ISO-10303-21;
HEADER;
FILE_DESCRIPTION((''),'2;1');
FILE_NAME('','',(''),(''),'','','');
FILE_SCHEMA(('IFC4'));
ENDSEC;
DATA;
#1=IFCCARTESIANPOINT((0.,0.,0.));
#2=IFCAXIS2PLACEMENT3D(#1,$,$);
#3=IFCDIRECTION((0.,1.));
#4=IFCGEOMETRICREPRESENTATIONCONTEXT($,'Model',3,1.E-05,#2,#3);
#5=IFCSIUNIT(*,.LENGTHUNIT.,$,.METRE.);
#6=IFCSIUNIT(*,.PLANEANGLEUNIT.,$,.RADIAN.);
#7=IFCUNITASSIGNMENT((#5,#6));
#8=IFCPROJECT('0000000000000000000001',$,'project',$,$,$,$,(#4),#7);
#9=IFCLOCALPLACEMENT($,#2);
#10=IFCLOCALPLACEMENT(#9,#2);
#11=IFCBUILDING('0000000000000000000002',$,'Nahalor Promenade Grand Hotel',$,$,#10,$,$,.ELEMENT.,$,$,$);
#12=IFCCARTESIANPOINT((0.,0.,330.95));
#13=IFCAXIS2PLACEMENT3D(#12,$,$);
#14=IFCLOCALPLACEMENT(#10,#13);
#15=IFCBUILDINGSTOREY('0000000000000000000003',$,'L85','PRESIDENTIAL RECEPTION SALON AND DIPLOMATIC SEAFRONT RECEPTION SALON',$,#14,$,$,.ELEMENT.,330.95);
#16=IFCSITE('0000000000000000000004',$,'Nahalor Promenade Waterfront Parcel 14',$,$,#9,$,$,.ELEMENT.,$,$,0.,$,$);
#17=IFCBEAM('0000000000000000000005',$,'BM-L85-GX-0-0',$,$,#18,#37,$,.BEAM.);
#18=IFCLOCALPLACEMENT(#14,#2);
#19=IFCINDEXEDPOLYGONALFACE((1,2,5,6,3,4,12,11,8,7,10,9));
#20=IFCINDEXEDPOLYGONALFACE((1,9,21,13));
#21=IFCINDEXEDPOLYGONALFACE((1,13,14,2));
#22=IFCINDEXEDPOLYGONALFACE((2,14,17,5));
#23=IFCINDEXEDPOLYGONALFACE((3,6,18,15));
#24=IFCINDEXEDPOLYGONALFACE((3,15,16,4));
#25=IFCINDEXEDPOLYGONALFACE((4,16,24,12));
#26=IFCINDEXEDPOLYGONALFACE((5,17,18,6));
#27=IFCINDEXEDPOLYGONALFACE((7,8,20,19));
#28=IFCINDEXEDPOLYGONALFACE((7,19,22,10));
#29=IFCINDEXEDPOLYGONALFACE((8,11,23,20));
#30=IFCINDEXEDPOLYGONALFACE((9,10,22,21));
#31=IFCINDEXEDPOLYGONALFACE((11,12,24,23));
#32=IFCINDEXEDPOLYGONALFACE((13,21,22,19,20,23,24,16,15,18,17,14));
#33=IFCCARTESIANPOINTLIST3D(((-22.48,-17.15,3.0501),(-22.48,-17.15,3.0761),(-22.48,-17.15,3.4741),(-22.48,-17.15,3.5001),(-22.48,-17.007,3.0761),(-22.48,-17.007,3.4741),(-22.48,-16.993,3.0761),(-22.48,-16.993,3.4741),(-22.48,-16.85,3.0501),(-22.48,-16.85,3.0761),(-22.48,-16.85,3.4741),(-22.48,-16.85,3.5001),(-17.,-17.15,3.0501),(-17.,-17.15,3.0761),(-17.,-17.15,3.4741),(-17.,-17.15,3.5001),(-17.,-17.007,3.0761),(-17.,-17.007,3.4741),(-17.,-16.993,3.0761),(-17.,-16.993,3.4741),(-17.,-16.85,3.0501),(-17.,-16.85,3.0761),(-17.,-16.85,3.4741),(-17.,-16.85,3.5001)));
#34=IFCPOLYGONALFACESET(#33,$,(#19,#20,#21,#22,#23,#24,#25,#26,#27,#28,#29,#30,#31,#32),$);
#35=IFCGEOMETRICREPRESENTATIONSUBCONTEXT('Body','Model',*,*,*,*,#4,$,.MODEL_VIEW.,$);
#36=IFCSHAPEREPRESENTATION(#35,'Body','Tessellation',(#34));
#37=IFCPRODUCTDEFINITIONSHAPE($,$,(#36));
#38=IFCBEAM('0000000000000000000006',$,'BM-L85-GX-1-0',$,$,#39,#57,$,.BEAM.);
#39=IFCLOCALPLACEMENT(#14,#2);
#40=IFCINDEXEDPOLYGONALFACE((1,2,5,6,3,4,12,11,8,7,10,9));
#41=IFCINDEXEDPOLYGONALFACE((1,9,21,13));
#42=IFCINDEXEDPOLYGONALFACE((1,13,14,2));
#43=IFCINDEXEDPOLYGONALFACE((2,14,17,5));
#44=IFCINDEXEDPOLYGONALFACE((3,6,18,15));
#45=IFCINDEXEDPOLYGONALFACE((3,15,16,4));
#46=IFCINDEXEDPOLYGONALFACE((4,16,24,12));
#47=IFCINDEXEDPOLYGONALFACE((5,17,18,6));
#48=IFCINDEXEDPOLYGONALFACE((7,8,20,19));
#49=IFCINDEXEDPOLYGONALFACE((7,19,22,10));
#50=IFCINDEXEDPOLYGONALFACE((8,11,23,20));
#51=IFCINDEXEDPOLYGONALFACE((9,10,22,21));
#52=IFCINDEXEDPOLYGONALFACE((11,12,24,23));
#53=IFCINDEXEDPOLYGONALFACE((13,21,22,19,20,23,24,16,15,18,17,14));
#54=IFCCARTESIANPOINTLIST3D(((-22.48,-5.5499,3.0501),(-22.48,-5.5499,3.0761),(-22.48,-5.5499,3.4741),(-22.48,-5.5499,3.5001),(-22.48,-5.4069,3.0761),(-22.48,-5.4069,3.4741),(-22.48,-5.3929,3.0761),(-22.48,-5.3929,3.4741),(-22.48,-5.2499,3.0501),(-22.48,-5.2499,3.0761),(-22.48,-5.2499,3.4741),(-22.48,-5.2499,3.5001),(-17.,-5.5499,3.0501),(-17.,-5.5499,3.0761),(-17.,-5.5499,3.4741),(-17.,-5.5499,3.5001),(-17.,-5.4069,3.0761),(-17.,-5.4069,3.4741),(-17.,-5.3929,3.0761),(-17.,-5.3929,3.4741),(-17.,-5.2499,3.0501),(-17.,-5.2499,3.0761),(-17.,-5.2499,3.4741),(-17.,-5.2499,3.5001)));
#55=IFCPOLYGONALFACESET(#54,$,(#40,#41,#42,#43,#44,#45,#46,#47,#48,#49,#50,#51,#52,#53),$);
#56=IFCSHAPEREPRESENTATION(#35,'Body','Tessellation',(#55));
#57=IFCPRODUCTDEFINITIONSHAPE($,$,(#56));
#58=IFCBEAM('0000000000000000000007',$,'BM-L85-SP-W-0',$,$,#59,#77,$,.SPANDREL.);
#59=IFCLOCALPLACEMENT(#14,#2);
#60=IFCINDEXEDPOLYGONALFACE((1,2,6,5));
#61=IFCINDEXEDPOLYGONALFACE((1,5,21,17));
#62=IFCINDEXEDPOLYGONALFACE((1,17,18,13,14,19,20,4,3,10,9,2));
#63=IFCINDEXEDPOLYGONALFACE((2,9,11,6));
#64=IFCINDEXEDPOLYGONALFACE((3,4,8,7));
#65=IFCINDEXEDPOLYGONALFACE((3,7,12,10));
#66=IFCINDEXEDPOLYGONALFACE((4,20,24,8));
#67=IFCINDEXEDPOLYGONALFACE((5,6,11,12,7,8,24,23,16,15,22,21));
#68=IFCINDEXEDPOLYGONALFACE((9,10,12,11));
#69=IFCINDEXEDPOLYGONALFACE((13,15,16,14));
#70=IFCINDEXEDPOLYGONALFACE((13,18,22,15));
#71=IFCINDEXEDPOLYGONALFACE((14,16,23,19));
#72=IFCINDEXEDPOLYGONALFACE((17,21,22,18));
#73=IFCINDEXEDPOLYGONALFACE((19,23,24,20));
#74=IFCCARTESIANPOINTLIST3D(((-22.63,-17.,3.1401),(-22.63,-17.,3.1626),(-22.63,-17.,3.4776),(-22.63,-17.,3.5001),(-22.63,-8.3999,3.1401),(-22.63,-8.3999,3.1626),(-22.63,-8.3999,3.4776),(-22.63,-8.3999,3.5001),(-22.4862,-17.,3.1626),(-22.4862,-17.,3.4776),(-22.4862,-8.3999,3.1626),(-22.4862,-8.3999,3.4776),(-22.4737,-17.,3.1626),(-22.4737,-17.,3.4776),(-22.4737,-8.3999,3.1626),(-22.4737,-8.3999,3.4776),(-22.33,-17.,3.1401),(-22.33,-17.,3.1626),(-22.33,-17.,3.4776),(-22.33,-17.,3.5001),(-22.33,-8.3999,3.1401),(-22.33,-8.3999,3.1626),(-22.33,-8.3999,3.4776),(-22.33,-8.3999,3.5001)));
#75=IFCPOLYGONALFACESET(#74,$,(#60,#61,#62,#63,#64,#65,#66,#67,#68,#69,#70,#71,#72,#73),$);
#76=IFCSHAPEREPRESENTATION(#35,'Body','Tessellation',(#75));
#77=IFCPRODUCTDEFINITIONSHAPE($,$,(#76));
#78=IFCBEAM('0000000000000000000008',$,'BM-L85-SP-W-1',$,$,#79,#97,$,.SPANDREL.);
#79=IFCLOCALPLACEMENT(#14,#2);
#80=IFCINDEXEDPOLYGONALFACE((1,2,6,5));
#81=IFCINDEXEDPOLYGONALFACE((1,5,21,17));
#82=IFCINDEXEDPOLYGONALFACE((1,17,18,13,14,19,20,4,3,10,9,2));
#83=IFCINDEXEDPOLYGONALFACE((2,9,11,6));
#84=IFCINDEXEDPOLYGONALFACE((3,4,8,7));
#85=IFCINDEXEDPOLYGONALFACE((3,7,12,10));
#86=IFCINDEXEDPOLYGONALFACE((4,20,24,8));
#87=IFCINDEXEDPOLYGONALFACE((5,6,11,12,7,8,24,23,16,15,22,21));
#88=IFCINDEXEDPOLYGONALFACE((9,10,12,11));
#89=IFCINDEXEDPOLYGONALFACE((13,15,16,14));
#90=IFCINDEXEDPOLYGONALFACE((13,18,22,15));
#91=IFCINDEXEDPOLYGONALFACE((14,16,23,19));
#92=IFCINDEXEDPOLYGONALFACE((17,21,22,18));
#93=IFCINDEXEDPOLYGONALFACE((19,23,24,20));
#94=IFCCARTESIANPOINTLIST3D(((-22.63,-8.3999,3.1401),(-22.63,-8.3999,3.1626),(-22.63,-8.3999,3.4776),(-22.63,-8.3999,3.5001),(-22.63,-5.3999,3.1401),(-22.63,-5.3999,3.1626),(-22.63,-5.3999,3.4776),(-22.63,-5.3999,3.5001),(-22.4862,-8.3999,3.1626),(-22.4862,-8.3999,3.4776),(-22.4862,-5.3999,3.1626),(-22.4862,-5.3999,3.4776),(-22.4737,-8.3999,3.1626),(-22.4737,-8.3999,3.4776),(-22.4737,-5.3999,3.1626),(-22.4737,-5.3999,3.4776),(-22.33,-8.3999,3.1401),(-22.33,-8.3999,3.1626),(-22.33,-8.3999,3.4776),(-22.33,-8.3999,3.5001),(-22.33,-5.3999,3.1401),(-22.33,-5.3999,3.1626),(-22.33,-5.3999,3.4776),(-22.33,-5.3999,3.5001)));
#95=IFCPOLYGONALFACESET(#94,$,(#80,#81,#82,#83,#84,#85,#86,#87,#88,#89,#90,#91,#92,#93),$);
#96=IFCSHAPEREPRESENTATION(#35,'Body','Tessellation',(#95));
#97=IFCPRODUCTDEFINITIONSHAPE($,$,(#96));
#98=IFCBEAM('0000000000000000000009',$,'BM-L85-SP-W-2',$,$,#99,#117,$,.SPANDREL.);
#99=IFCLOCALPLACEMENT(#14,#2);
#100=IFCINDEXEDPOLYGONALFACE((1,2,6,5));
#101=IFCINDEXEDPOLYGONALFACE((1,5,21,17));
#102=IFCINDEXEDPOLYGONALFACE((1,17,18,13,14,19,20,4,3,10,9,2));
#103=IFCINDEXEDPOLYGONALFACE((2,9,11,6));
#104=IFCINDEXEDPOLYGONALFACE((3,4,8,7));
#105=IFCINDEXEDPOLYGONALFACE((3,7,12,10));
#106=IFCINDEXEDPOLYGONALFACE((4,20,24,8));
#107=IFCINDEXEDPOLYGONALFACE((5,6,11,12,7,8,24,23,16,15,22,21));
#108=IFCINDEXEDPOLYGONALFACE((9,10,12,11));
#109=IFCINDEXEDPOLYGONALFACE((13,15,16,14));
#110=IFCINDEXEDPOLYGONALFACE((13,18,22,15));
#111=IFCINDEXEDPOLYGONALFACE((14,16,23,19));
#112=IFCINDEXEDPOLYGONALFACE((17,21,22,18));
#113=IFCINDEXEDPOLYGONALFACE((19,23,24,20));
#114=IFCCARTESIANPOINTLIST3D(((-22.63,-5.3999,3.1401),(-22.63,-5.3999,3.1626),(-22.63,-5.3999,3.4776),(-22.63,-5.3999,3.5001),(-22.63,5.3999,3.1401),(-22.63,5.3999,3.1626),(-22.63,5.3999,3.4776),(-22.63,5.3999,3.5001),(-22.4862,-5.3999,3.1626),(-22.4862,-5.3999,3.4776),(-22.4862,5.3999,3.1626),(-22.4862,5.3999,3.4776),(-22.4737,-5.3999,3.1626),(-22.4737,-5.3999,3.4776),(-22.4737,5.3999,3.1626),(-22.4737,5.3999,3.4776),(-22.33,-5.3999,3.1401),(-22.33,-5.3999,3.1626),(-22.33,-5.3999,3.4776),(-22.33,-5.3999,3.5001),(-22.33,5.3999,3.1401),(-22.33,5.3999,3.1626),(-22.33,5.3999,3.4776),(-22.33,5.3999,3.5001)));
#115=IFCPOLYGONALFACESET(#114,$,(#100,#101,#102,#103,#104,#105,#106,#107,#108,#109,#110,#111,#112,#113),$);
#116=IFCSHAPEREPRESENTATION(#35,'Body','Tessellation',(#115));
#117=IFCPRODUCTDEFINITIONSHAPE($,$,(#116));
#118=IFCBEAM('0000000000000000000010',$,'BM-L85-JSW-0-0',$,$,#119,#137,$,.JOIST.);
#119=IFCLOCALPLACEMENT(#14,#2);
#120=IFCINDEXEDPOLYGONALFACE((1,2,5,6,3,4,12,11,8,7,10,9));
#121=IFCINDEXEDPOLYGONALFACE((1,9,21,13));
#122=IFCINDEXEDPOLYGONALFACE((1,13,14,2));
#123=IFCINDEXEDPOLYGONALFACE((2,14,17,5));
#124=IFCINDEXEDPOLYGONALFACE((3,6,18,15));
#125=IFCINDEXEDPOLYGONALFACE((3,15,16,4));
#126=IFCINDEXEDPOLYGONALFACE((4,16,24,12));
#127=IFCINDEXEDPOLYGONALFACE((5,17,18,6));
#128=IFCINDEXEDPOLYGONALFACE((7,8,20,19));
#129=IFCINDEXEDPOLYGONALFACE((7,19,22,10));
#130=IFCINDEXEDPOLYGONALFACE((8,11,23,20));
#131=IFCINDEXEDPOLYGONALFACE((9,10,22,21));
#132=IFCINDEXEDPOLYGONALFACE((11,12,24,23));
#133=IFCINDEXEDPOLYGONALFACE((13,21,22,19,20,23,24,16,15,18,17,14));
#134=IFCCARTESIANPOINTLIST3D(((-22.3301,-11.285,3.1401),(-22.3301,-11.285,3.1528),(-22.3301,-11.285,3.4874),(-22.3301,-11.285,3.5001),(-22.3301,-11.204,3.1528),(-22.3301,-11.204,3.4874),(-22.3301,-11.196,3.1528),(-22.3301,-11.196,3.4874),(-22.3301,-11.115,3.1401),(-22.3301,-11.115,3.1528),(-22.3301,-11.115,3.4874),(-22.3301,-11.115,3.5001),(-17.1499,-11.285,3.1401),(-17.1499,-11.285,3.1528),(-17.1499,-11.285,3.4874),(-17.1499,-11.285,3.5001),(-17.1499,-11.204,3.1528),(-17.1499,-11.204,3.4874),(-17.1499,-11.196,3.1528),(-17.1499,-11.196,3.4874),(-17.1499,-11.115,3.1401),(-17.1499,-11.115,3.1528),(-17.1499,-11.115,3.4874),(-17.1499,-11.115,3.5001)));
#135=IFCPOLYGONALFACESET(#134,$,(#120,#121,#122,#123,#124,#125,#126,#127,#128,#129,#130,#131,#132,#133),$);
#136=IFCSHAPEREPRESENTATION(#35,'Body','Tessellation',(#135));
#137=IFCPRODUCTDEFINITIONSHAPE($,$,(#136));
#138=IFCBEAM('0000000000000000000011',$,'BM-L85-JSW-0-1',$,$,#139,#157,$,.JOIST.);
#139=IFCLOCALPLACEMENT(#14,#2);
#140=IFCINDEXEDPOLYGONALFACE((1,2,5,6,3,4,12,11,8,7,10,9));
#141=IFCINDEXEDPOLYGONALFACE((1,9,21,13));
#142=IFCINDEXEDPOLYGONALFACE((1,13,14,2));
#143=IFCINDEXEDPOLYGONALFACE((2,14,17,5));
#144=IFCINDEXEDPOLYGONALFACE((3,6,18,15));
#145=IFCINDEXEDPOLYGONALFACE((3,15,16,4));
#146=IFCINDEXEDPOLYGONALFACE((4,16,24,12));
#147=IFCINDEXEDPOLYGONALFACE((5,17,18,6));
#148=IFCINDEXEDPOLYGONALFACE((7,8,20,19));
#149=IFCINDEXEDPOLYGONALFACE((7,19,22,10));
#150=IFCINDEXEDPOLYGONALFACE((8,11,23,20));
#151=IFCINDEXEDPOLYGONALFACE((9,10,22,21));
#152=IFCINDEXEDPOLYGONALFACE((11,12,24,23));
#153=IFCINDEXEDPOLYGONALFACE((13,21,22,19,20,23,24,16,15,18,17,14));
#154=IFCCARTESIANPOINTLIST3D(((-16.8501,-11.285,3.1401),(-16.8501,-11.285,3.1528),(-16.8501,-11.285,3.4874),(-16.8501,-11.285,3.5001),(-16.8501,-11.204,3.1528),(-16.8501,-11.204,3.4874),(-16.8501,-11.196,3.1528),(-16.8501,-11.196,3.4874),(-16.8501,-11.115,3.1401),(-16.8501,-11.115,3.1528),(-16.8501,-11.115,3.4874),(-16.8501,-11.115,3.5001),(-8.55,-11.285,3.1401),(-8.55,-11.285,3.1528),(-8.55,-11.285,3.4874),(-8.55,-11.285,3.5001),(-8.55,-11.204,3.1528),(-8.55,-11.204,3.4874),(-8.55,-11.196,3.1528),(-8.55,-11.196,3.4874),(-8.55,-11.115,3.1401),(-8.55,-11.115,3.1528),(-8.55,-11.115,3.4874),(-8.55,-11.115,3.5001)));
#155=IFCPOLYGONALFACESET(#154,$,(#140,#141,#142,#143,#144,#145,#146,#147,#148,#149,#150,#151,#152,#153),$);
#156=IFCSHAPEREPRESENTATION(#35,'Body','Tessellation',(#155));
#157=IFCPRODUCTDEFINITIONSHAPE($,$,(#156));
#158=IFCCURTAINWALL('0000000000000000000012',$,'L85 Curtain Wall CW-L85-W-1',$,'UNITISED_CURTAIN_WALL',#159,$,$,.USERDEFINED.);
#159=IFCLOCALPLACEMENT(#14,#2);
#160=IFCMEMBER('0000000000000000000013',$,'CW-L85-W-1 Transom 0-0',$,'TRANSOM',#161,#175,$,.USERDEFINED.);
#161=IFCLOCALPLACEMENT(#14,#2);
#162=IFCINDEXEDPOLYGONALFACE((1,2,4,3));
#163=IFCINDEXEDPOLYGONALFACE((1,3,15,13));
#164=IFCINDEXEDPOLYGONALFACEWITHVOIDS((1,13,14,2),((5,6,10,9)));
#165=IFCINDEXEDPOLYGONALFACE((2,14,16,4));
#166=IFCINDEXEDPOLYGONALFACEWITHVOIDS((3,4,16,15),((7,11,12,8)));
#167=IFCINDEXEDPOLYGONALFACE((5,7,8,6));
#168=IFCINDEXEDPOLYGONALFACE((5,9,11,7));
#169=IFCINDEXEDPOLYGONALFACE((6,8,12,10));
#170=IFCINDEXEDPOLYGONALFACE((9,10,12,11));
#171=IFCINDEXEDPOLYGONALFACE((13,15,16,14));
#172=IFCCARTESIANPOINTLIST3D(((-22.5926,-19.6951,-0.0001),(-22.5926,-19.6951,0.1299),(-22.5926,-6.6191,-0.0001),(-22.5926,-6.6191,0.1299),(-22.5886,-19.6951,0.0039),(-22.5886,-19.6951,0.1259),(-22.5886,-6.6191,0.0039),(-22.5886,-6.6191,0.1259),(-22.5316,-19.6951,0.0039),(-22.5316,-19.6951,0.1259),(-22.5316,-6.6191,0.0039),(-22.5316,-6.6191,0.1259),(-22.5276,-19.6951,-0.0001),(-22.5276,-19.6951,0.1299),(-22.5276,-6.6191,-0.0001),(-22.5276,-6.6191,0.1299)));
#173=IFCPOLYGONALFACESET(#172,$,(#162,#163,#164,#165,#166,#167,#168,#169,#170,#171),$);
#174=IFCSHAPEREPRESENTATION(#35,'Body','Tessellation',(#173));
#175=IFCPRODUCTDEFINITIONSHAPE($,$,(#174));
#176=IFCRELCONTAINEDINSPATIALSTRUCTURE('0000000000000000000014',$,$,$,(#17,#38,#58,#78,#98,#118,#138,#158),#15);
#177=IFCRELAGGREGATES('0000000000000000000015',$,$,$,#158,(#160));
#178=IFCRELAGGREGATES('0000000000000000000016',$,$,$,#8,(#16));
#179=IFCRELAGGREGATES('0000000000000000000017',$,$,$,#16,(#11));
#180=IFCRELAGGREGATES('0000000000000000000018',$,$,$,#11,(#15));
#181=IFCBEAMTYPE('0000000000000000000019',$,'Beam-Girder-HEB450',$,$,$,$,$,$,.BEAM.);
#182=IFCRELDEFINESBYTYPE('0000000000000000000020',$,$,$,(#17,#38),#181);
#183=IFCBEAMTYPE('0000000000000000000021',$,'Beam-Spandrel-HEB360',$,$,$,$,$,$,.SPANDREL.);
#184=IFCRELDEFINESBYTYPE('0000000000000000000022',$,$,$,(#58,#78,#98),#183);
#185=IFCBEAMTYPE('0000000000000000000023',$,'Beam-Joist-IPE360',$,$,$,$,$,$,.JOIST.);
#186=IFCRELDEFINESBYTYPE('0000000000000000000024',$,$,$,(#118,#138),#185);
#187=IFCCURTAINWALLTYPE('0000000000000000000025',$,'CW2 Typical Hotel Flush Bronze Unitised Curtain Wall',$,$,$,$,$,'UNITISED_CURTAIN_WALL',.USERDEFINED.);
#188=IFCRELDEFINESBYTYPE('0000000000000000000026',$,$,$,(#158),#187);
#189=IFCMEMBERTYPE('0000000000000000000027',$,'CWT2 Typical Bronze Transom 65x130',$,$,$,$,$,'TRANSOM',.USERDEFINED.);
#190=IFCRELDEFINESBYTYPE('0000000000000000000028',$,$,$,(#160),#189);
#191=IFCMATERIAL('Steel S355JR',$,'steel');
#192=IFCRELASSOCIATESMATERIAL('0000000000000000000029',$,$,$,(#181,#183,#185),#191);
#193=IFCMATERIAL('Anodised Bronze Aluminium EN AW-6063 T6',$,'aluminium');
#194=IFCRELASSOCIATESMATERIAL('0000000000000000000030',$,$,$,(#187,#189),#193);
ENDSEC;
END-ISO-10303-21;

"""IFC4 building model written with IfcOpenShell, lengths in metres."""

from ifc_helpers import new_model, si_unit, direction, frame, origin, origin_2d, place, context, subcontext, project, spatial, hollow_rectangle, i_section, extrude, source, transform, mapped, material, material_profile, profile_set, type_object, element, aggregate, save


model = new_model("IFC4")

# Units and contexts
model_context = context("Model", 3, precision=1e-05, world=origin(), true_north=direction((0.0, 1.0)))
body_context = subcontext(model_context, "Body", "Model", "MODEL_VIEW")
ifc_project = project(units=[si_unit("LENGTHUNIT", "METRE"), si_unit("PLANEANGLEUNIT", "RADIAN")], contexts=[model_context])

# Site, building, storey
site_placement = place(None, origin())
site = spatial("IfcSite", under=ifc_project, at=site_placement, Name="Nahalor Promenade Waterfront Parcel 14", CompositionType="ELEMENT", RefElevation=0.0)
building_placement = place(site_placement, origin())
building = spatial("IfcBuilding", under=site, at=building_placement, Name="Nahalor Promenade Grand Hotel", CompositionType="ELEMENT")
storey_placement = place(building_placement, frame((0.0, 0.0, 330.95)))
storey = spatial("IfcBuildingStorey", under=building, at=storey_placement, Name="L85", Description="PRESIDENTIAL RECEPTION SALON AND DIPLOMATIC SEAFRONT RECEPTION SALON", CompositionType="ELEMENT", Elevation=330.95)

# Shared definitions
ifc_material_1 = material(Name="Steel S355JR", Category="steel")

# Beams
ifc_material_profile_1 = material_profile(ifc_material_1, i_section(OverallWidth=0.3, OverallDepth=0.45, WebThickness=0.014, FlangeThickness=0.026, at=origin_2d()), Name="HEB 450")
ifc_profile_set_1 = profile_set([ifc_material_profile_1], Name="Steel S355JR")
beam_type_1 = type_object("IfcBeamType", Name="Beam-Girder-HEB450", PredefinedType="BEAM", material=ifc_profile_set_1)
shared_shape_1 = source(origin(), body_context, "Body", "SweptSolid", [
    extrude(i_section(OverallWidth=0.3, OverallDepth=0.45, WebThickness=0.014, FlangeThickness=0.026, at=origin_2d()), origin(), (0.0, 0.0, 1.0), 5.48),
])
for number, where, z_axis, x_axis, name in (
    (1, (-22.48, -17.0, 3.2751), (1.0, 0.0, 0.0), (0.0, 1.0, 0.0), "BM-L85-GX-0-0"),
    (2, (-22.48, -5.3999, 3.2751), (1.0, 0.0, 0.0), (0.0, 1.0, 0.0), "BM-L85-GX-1-0"),
):
    element("IfcBeam", number, at=place(storey_placement, frame(where, z_axis=z_axis, x_axis=x_axis)), inside=storey, type_object=beam_type_1, Name=name, PredefinedType="BEAM", context=body_context, shape_type="MappedRepresentation", body=[
        mapped(shared_shape_1, transform((0.0, 0.0, 0.0), scale=1.0)),
    ])
ifc_material_profile_2 = material_profile(ifc_material_1, i_section(OverallWidth=0.3, OverallDepth=0.36, WebThickness=0.0125, FlangeThickness=0.0225, at=origin_2d()), Name="HEB 360")
ifc_profile_set_2 = profile_set([ifc_material_profile_2], Name="Steel S355JR")
beam_type_2 = type_object("IfcBeamType", Name="Beam-Spandrel-HEB360", PredefinedType="SPANDREL", material=ifc_profile_set_2)
shared_shape_2 = source(origin(), body_context, "Body", "SweptSolid", [
    extrude(i_section(OverallWidth=0.3, OverallDepth=0.36, WebThickness=0.0125, FlangeThickness=0.0225, at=origin_2d()), origin(), (0.0, 0.0, 1.0), 8.6001),
])
beam_1_placement = place(storey_placement, frame((-22.48, -17.0, 3.3201), z_axis=(0.0, 1.0, 0.0), x_axis=(-1.0, 0.0, 0.0)))
element("IfcBeam", 3, at=beam_1_placement, inside=storey, type_object=beam_type_2, Name="BM-L85-SP-W-0", PredefinedType="SPANDREL", context=body_context, shape_type="MappedRepresentation", body=[
    mapped(shared_shape_2, transform((0.0, 0.0, 0.0), scale=1.0)),
])
shared_shape_3 = source(origin(), body_context, "Body", "SweptSolid", [
    extrude(i_section(OverallWidth=0.3, OverallDepth=0.36, WebThickness=0.0125, FlangeThickness=0.0225, at=origin_2d()), origin(), (0.0, 0.0, 1.0), 3.0),
])
beam_2_placement = place(storey_placement, frame((-22.48, -8.3999, 3.3201), z_axis=(0.0, 1.0, 0.0), x_axis=(-1.0, 0.0, 0.0)))
element("IfcBeam", 4, at=beam_2_placement, inside=storey, type_object=beam_type_2, Name="BM-L85-SP-W-1", PredefinedType="SPANDREL", context=body_context, shape_type="MappedRepresentation", body=[
    mapped(shared_shape_3, transform((0.0, 0.0, 0.0), scale=1.0)),
])
shared_shape_4 = source(origin(), body_context, "Body", "SweptSolid", [
    extrude(i_section(OverallWidth=0.3, OverallDepth=0.36, WebThickness=0.0125, FlangeThickness=0.0225, at=origin_2d()), origin(), (0.0, 0.0, 1.0), 10.7998),
])
beam_3_placement = place(storey_placement, frame((-22.48, -5.3999, 3.3201), z_axis=(0.0, 1.0, 0.0), x_axis=(-1.0, 0.0, 0.0)))
element("IfcBeam", 5, at=beam_3_placement, inside=storey, type_object=beam_type_2, Name="BM-L85-SP-W-2", PredefinedType="SPANDREL", context=body_context, shape_type="MappedRepresentation", body=[
    mapped(shared_shape_4, transform((0.0, 0.0, 0.0), scale=1.0)),
])
ifc_material_profile_3 = material_profile(ifc_material_1, i_section(OverallWidth=0.17, OverallDepth=0.36, WebThickness=0.008, FlangeThickness=0.0127, at=origin_2d()), Name="IPE 360")
ifc_profile_set_3 = profile_set([ifc_material_profile_3], Name="Steel S355JR")
beam_type_3 = type_object("IfcBeamType", Name="Beam-Joist-IPE360", PredefinedType="JOIST", material=ifc_profile_set_3)
shared_shape_5 = source(origin(), body_context, "Body", "SweptSolid", [
    extrude(i_section(OverallWidth=0.17, OverallDepth=0.36, WebThickness=0.008, FlangeThickness=0.0127, at=origin_2d()), origin(), (0.0, 0.0, 1.0), 5.1802),
])
beam_4_placement = place(storey_placement, frame((-22.3301, -11.2, 3.3201), z_axis=(1.0, 0.0, 0.0), x_axis=(0.0, 1.0, 0.0)))
element("IfcBeam", 6, at=beam_4_placement, inside=storey, type_object=beam_type_3, Name="BM-L85-JSW-0-0", PredefinedType="JOIST", context=body_context, shape_type="MappedRepresentation", body=[
    mapped(shared_shape_5, transform((0.0, 0.0, 0.0), scale=1.0)),
])
shared_shape_6 = source(origin(), body_context, "Body", "SweptSolid", [
    extrude(i_section(OverallWidth=0.17, OverallDepth=0.36, WebThickness=0.008, FlangeThickness=0.0127, at=origin_2d()), origin(), (0.0, 0.0, 1.0), 8.3),
])
beam_5_placement = place(storey_placement, frame((-16.8501, -11.2, 3.3201), z_axis=(1.0, 0.0, 0.0), x_axis=(0.0, 1.0, 0.0)))
element("IfcBeam", 7, at=beam_5_placement, inside=storey, type_object=beam_type_3, Name="BM-L85-JSW-0-1", PredefinedType="JOIST", context=body_context, shape_type="MappedRepresentation", body=[
    mapped(shared_shape_6, transform((0.0, 0.0, 0.0), scale=1.0)),
])

# Curtain wall, member
ifc_material_2 = material(Name="Anodised Bronze Aluminium EN AW-6063 T6", Category="aluminium")
curtain_wall_type = type_object("IfcCurtainWallType", Name="CW2 Typical Hotel Flush Bronze Unitised Curtain Wall", ElementType="UNITISED_CURTAIN_WALL", PredefinedType="USERDEFINED", material=ifc_material_2)
curtain_wall_placement = place(storey_placement, origin())
curtain_wall = element("IfcCurtainWall", 8, at=curtain_wall_placement, inside=storey, type_object=curtain_wall_type, Name="L85 Curtain Wall CW-L85-W-1", ObjectType="UNITISED_CURTAIN_WALL", PredefinedType="USERDEFINED")
ifc_material_profile_4 = material_profile(ifc_material_2, hollow_rectangle(XDim=0.065, YDim=0.13, WallThickness=0.004, at=origin_2d()), Name="CWT 65x130x4")
ifc_profile_set_4 = profile_set([ifc_material_profile_4], Name="Anodised Bronze Aluminium EN AW-6063 T6")
member_type_1 = type_object("IfcMemberType", Name="CWT2 Typical Bronze Transom 65x130", ElementType="TRANSOM", PredefinedType="USERDEFINED", material=ifc_profile_set_4)
shared_shape_7 = source(origin(), body_context, "Body", "SweptSolid", [
    extrude(hollow_rectangle(XDim=0.065, YDim=0.13, WallThickness=0.004, at=origin_2d()), origin(), (0.0, 0.0, 1.0), 13.0759),
])
member_1_placement = place(storey_placement, frame((-22.5601, -19.6951, 0.0649), z_axis=(0.0, 1.0, 0.0), x_axis=(-1.0, 0.0, 0.0)))
member_1 = element("IfcMember", 9, at=member_1_placement, type_object=member_type_1, Name="CW-L85-W-1 Transom 0-0", ObjectType="TRANSOM", PredefinedType="USERDEFINED", context=body_context, shape_type="MappedRepresentation", body=[
    mapped(shared_shape_7, transform((0.0, 0.0, 0.0), scale=1.0)),
])
aggregate(curtain_wall, [member_1])

save(model, "model.ifc")
